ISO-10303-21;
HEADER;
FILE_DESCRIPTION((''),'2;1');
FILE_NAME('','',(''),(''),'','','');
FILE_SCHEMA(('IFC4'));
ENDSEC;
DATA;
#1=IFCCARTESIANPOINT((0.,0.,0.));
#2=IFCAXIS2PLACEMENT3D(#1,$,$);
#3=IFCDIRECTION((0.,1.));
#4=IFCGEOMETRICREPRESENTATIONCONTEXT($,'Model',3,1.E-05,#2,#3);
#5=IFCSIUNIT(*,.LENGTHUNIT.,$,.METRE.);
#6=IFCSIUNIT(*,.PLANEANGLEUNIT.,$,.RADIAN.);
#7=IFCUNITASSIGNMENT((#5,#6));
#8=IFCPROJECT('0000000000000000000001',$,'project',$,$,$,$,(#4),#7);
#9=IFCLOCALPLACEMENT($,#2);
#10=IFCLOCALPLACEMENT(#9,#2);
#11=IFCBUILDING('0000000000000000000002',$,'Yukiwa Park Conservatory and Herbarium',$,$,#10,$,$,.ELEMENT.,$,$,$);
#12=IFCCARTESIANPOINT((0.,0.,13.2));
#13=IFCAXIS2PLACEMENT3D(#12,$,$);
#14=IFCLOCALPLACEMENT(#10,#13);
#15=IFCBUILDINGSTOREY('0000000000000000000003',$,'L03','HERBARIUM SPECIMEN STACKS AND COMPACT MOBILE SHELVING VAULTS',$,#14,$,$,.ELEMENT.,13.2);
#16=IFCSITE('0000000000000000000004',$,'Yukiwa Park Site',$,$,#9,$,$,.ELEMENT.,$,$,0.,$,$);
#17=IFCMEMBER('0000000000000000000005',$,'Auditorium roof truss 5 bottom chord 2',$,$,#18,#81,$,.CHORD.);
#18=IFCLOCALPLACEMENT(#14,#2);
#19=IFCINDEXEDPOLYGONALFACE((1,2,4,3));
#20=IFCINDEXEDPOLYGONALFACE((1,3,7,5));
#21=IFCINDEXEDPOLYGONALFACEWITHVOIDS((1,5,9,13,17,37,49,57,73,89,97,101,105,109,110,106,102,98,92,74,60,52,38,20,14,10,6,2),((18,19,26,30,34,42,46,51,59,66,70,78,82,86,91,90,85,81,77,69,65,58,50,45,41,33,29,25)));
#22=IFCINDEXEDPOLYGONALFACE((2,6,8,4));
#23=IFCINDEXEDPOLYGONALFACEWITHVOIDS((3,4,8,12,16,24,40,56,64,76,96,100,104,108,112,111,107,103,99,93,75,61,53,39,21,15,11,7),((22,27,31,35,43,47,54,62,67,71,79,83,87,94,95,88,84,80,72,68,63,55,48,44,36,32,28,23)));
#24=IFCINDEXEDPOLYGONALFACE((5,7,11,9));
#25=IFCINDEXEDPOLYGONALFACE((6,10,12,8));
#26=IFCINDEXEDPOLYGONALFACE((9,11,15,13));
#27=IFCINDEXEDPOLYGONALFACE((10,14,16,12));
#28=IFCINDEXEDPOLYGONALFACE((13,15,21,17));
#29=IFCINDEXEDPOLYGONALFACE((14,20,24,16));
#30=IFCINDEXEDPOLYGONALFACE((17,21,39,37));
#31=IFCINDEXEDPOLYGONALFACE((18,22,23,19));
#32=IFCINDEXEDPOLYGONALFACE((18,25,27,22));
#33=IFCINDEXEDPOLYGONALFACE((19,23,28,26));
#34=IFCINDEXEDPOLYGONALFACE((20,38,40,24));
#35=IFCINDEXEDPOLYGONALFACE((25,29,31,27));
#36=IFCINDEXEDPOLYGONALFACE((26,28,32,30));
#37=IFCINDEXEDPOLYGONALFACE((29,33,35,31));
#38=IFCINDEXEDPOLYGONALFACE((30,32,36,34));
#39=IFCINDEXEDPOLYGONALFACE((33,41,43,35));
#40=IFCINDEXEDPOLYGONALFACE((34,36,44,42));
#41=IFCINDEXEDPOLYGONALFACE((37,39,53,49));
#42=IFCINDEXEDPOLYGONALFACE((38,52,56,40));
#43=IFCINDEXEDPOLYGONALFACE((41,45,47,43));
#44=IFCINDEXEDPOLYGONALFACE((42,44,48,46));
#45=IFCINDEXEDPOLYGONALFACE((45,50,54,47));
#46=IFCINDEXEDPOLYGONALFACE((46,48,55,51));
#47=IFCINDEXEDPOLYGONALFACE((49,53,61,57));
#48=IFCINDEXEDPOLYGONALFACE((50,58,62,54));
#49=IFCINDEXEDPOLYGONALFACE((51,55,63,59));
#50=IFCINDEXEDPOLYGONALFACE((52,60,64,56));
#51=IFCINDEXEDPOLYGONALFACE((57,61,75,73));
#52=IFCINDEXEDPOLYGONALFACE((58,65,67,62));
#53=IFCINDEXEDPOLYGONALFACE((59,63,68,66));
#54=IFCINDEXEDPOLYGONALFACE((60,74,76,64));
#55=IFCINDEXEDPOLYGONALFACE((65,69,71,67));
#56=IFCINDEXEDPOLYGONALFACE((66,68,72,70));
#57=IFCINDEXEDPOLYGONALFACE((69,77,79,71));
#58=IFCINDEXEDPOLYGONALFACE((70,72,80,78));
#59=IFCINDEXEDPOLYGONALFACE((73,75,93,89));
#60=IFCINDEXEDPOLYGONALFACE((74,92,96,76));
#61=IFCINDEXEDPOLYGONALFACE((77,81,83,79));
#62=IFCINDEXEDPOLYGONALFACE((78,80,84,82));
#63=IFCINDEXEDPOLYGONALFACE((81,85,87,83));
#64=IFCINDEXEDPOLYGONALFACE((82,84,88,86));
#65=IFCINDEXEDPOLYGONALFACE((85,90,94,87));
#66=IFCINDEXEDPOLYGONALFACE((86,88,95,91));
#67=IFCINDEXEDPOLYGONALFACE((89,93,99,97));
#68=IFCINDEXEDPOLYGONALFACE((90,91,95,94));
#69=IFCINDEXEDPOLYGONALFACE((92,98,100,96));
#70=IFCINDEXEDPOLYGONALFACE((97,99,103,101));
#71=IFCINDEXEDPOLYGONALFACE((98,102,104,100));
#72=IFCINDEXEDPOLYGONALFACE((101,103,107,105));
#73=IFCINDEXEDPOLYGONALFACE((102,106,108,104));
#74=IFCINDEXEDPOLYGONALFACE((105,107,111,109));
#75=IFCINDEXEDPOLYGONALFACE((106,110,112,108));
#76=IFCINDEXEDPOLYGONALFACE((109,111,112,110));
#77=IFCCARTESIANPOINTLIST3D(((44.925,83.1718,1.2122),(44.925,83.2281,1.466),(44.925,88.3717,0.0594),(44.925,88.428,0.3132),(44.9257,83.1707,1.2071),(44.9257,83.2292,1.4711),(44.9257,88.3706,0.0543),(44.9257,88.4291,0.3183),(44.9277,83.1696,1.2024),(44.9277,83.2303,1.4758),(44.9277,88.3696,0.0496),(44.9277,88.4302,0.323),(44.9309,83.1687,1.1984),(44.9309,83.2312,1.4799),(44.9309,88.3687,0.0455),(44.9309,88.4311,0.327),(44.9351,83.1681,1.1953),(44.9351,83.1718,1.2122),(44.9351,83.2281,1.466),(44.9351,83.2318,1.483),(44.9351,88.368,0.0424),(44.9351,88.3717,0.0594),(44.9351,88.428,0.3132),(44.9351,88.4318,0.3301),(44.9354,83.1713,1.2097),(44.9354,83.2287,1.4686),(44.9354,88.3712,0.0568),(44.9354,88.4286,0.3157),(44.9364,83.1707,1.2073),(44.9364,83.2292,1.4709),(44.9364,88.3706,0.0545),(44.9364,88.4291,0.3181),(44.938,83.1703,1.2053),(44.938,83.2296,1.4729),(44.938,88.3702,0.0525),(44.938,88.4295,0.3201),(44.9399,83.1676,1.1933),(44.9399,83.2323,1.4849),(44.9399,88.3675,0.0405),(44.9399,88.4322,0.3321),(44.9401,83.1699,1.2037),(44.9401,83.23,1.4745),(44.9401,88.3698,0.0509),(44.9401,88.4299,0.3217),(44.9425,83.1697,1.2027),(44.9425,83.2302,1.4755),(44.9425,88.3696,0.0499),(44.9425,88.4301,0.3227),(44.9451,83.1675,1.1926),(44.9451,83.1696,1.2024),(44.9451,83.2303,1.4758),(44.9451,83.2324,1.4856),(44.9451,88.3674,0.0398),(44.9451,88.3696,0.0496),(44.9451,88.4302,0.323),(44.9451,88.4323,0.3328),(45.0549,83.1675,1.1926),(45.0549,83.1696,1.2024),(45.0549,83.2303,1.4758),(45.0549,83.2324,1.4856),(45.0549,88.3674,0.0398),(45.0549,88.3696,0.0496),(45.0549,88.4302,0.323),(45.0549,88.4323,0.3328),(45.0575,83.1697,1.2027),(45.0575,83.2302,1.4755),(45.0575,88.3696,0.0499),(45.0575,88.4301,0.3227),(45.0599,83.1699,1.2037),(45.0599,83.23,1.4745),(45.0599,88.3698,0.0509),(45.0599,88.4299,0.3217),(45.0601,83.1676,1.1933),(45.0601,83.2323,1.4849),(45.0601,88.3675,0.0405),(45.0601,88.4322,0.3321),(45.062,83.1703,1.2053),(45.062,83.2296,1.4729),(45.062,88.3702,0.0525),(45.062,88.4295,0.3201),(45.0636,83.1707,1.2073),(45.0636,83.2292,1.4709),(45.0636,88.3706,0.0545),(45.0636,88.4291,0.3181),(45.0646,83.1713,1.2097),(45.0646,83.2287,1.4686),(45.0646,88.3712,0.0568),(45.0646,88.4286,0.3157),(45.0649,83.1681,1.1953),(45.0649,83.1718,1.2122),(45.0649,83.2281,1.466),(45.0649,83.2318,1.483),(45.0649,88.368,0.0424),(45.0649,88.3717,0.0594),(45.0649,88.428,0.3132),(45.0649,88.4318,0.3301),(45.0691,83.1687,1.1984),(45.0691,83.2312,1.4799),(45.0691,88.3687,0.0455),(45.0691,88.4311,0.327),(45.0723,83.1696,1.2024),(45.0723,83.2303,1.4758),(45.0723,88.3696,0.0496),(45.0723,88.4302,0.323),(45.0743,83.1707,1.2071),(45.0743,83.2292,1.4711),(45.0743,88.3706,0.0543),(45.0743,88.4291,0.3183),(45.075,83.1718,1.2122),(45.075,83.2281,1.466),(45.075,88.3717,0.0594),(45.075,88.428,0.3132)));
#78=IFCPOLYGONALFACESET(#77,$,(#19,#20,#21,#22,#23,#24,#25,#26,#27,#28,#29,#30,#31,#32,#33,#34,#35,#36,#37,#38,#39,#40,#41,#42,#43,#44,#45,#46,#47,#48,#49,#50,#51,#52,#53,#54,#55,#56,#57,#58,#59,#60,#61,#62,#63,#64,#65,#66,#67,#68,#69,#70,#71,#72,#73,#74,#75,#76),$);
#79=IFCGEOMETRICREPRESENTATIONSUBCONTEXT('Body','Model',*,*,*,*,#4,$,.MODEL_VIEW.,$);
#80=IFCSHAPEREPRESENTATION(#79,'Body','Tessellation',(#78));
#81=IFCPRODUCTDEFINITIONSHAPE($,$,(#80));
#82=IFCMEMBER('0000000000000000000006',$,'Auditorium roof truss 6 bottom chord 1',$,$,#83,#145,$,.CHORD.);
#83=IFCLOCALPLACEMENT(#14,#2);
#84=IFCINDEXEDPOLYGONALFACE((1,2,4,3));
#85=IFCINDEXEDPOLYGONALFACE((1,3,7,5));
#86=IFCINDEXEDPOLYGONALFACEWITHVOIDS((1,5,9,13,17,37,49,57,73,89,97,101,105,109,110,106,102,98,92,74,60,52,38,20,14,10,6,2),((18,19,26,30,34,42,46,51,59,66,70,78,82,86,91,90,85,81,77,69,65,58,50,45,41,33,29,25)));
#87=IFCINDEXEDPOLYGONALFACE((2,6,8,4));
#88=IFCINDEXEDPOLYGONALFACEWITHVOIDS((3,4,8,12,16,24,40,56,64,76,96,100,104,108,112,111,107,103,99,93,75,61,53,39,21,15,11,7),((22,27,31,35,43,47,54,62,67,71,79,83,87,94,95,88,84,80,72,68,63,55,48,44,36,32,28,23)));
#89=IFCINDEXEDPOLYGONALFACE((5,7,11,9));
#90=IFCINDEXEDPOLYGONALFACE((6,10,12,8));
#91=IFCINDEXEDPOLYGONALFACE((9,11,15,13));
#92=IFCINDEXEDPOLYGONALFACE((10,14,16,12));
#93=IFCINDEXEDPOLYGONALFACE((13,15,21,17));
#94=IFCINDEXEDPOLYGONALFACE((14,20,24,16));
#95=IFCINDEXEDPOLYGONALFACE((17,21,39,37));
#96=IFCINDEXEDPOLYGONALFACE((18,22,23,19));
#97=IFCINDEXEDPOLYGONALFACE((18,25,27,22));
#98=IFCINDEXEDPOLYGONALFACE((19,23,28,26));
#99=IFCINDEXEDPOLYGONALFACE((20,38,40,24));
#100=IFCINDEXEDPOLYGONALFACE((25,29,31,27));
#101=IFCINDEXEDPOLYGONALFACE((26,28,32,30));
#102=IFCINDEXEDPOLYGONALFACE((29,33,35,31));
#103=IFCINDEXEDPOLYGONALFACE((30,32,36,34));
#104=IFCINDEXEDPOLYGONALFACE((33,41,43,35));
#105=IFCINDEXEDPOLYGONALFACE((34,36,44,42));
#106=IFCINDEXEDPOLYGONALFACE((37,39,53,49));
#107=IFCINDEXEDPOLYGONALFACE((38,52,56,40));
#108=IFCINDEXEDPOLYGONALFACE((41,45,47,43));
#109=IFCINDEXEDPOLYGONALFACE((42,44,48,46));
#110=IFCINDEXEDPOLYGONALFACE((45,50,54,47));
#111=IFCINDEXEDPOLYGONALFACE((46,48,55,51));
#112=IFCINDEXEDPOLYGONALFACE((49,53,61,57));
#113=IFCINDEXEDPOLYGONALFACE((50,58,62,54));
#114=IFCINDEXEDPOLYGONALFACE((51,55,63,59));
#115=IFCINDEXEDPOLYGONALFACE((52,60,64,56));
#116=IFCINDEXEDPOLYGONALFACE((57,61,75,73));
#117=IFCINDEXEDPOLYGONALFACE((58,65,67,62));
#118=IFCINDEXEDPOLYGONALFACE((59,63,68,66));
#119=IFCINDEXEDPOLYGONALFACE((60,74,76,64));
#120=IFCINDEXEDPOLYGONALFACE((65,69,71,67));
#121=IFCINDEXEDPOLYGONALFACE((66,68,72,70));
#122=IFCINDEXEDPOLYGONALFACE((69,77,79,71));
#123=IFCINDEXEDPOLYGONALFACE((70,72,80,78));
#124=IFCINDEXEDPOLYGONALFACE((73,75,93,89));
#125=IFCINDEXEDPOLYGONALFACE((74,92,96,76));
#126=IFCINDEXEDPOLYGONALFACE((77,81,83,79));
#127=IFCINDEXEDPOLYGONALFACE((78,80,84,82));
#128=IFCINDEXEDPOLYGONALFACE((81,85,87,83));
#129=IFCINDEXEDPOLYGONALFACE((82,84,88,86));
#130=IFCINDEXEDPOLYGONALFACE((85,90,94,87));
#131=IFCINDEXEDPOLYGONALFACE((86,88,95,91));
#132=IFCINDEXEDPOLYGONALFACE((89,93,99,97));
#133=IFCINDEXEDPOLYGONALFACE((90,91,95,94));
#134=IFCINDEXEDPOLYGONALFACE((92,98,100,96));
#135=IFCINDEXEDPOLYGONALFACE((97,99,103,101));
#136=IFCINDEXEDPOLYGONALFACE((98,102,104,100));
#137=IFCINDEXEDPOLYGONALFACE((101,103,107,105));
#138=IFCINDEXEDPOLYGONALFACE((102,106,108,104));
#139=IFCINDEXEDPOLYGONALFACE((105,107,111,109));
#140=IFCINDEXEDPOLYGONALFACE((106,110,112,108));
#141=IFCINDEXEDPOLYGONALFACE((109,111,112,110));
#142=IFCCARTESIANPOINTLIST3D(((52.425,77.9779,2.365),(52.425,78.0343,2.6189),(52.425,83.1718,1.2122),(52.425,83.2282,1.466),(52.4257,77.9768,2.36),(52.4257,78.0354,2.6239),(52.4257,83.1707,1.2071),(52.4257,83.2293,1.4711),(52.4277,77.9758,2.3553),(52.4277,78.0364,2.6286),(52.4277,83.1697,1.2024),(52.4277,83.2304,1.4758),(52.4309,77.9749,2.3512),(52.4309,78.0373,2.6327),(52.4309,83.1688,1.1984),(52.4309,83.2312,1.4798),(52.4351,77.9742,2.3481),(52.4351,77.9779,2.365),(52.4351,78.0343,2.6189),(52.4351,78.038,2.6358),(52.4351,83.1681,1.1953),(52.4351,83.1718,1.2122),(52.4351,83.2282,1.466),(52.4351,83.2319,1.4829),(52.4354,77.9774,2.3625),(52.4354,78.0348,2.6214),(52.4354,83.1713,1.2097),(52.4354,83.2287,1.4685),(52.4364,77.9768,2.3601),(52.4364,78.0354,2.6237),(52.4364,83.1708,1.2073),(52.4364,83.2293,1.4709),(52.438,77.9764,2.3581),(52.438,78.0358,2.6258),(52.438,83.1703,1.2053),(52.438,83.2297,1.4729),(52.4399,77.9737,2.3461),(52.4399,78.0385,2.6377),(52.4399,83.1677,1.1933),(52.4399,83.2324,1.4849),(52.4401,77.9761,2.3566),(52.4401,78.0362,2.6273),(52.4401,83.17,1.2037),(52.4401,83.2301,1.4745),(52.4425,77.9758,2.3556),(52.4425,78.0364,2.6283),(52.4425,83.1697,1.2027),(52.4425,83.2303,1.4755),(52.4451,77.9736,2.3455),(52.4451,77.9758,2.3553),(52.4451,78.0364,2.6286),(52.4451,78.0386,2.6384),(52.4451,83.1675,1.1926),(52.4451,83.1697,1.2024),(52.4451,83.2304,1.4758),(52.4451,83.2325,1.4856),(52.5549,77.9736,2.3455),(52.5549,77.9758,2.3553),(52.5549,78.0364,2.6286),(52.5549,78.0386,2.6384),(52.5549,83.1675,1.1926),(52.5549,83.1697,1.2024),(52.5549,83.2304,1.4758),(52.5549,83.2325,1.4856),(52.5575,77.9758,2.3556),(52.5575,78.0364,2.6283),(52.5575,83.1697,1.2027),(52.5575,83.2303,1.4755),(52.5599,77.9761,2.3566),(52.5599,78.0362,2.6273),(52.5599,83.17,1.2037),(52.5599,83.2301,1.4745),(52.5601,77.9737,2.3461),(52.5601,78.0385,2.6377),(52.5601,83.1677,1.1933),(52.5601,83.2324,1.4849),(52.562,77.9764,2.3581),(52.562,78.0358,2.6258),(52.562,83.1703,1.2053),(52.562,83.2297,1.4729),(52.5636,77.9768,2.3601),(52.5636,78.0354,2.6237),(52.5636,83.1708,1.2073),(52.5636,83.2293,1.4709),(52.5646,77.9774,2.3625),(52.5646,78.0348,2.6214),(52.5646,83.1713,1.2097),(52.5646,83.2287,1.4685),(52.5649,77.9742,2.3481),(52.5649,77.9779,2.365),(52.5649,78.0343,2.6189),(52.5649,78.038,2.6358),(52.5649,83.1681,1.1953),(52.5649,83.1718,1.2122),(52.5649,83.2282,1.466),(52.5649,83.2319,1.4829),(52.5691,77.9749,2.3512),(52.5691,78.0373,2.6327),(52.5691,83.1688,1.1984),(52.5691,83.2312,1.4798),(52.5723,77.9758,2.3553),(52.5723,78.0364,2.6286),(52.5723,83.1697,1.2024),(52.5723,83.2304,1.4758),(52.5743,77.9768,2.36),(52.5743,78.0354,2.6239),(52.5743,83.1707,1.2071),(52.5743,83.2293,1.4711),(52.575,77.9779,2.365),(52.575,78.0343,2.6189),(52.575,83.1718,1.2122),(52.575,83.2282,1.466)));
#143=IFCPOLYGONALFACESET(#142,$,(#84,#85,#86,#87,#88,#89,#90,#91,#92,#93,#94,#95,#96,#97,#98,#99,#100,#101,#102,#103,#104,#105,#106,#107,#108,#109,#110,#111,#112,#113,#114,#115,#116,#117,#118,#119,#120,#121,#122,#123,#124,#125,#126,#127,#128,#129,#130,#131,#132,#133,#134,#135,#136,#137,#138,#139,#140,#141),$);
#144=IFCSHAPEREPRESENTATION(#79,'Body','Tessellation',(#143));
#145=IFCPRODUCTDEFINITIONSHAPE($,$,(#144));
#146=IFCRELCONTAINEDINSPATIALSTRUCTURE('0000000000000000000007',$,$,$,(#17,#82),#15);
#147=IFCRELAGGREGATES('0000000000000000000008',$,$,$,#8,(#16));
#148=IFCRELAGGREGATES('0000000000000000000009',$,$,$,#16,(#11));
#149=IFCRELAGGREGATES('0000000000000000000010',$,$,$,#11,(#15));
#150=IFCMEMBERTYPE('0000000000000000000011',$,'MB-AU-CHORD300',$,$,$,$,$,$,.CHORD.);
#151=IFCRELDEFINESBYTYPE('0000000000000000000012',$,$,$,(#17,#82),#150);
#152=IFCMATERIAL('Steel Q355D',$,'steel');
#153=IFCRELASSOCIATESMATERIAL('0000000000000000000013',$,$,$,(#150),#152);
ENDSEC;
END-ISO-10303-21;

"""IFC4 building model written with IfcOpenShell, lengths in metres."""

from ifc_helpers import new_model, si_unit, direction, frame, origin, origin_2d, place, context, subcontext, project, spatial, hollow_rectangle, extrude, material, material_profile, profile_set, type_object, element, save


model = new_model("IFC4")

# Units and contexts
model_context = context("Model", 3, precision=1e-05, world=origin(), true_north=direction((0.0, 1.0)))
body_context = subcontext(model_context, "Body", "Model", "MODEL_VIEW")
ifc_project = project(units=[si_unit("LENGTHUNIT", "METRE"), si_unit("PLANEANGLEUNIT", "RADIAN")], contexts=[model_context])

# Site, building, storey
site_placement = place(None, origin())
site = spatial("IfcSite", under=ifc_project, at=site_placement, Name="Yukiwa Park Site", CompositionType="ELEMENT", RefElevation=0.0)
building_placement = place(site_placement, origin())
building = spatial("IfcBuilding", under=site, at=building_placement, Name="Yukiwa Park Conservatory and Herbarium", CompositionType="ELEMENT")
storey_placement = place(building_placement, frame((0.0, 0.0, 13.2)))
storey = spatial("IfcBuildingStorey", under=building, at=storey_placement, Name="L03", Description="HERBARIUM SPECIMEN STACKS AND COMPACT MOBILE SHELVING VAULTS", CompositionType="ELEMENT", Elevation=13.2)

# Members
ifc_material_1 = material(Name="Steel Q355D", Category="steel")
ifc_material_profile_1 = material_profile(ifc_material_1, hollow_rectangle(XDim=0.1499, YDim=0.3, WallThickness=0.01, InnerFilletRadius=0.01, OuterFilletRadius=0.02, at=origin_2d()), Name="RHS 300x150x10")
ifc_profile_set_1 = profile_set([ifc_material_profile_1], Name="Steel Q355D")
member_type_1 = type_object("IfcMemberType", Name="MB-AU-CHORD300", PredefinedType="CHORD", material=ifc_profile_set_1)
member_1_placement = place(storey_placement, frame((45.0, 83.2, 1.3391), z_axis=(0.0, 0.976295, -0.216445), x_axis=(-1.0, 0.0, 0.0)))
element("IfcMember", 1, at=member_1_placement, inside=storey, type_object=member_type_1, Name="Auditorium roof truss 5 bottom chord 2", PredefinedType="CHORD", context=body_context, shape_type="SweptSolid", body=[
    extrude(hollow_rectangle(XDim=0.1499, YDim=0.3, WallThickness=0.01, InnerFilletRadius=0.01, OuterFilletRadius=0.02, at=origin_2d()), origin(), (0.0, 0.0, 1.0), 5.3262),
])
member_2_placement = place(storey_placement, frame((52.5, 78.0061, 2.4919), z_axis=(0.0, 0.976241, -0.216688), x_axis=(-1.0, 0.0, 0.0)))
element("IfcMember", 2, at=member_2_placement, inside=storey, type_object=member_type_1, Name="Auditorium roof truss 6 bottom chord 1", PredefinedType="CHORD", context=body_context, shape_type="SweptSolid", body=[
    extrude(hollow_rectangle(XDim=0.1499, YDim=0.3, WallThickness=0.01, InnerFilletRadius=0.01, OuterFilletRadius=0.02, at=origin_2d()), origin(), (0.0, 0.0, 1.0), 5.3203),
])

save(model, "model.ifc")
